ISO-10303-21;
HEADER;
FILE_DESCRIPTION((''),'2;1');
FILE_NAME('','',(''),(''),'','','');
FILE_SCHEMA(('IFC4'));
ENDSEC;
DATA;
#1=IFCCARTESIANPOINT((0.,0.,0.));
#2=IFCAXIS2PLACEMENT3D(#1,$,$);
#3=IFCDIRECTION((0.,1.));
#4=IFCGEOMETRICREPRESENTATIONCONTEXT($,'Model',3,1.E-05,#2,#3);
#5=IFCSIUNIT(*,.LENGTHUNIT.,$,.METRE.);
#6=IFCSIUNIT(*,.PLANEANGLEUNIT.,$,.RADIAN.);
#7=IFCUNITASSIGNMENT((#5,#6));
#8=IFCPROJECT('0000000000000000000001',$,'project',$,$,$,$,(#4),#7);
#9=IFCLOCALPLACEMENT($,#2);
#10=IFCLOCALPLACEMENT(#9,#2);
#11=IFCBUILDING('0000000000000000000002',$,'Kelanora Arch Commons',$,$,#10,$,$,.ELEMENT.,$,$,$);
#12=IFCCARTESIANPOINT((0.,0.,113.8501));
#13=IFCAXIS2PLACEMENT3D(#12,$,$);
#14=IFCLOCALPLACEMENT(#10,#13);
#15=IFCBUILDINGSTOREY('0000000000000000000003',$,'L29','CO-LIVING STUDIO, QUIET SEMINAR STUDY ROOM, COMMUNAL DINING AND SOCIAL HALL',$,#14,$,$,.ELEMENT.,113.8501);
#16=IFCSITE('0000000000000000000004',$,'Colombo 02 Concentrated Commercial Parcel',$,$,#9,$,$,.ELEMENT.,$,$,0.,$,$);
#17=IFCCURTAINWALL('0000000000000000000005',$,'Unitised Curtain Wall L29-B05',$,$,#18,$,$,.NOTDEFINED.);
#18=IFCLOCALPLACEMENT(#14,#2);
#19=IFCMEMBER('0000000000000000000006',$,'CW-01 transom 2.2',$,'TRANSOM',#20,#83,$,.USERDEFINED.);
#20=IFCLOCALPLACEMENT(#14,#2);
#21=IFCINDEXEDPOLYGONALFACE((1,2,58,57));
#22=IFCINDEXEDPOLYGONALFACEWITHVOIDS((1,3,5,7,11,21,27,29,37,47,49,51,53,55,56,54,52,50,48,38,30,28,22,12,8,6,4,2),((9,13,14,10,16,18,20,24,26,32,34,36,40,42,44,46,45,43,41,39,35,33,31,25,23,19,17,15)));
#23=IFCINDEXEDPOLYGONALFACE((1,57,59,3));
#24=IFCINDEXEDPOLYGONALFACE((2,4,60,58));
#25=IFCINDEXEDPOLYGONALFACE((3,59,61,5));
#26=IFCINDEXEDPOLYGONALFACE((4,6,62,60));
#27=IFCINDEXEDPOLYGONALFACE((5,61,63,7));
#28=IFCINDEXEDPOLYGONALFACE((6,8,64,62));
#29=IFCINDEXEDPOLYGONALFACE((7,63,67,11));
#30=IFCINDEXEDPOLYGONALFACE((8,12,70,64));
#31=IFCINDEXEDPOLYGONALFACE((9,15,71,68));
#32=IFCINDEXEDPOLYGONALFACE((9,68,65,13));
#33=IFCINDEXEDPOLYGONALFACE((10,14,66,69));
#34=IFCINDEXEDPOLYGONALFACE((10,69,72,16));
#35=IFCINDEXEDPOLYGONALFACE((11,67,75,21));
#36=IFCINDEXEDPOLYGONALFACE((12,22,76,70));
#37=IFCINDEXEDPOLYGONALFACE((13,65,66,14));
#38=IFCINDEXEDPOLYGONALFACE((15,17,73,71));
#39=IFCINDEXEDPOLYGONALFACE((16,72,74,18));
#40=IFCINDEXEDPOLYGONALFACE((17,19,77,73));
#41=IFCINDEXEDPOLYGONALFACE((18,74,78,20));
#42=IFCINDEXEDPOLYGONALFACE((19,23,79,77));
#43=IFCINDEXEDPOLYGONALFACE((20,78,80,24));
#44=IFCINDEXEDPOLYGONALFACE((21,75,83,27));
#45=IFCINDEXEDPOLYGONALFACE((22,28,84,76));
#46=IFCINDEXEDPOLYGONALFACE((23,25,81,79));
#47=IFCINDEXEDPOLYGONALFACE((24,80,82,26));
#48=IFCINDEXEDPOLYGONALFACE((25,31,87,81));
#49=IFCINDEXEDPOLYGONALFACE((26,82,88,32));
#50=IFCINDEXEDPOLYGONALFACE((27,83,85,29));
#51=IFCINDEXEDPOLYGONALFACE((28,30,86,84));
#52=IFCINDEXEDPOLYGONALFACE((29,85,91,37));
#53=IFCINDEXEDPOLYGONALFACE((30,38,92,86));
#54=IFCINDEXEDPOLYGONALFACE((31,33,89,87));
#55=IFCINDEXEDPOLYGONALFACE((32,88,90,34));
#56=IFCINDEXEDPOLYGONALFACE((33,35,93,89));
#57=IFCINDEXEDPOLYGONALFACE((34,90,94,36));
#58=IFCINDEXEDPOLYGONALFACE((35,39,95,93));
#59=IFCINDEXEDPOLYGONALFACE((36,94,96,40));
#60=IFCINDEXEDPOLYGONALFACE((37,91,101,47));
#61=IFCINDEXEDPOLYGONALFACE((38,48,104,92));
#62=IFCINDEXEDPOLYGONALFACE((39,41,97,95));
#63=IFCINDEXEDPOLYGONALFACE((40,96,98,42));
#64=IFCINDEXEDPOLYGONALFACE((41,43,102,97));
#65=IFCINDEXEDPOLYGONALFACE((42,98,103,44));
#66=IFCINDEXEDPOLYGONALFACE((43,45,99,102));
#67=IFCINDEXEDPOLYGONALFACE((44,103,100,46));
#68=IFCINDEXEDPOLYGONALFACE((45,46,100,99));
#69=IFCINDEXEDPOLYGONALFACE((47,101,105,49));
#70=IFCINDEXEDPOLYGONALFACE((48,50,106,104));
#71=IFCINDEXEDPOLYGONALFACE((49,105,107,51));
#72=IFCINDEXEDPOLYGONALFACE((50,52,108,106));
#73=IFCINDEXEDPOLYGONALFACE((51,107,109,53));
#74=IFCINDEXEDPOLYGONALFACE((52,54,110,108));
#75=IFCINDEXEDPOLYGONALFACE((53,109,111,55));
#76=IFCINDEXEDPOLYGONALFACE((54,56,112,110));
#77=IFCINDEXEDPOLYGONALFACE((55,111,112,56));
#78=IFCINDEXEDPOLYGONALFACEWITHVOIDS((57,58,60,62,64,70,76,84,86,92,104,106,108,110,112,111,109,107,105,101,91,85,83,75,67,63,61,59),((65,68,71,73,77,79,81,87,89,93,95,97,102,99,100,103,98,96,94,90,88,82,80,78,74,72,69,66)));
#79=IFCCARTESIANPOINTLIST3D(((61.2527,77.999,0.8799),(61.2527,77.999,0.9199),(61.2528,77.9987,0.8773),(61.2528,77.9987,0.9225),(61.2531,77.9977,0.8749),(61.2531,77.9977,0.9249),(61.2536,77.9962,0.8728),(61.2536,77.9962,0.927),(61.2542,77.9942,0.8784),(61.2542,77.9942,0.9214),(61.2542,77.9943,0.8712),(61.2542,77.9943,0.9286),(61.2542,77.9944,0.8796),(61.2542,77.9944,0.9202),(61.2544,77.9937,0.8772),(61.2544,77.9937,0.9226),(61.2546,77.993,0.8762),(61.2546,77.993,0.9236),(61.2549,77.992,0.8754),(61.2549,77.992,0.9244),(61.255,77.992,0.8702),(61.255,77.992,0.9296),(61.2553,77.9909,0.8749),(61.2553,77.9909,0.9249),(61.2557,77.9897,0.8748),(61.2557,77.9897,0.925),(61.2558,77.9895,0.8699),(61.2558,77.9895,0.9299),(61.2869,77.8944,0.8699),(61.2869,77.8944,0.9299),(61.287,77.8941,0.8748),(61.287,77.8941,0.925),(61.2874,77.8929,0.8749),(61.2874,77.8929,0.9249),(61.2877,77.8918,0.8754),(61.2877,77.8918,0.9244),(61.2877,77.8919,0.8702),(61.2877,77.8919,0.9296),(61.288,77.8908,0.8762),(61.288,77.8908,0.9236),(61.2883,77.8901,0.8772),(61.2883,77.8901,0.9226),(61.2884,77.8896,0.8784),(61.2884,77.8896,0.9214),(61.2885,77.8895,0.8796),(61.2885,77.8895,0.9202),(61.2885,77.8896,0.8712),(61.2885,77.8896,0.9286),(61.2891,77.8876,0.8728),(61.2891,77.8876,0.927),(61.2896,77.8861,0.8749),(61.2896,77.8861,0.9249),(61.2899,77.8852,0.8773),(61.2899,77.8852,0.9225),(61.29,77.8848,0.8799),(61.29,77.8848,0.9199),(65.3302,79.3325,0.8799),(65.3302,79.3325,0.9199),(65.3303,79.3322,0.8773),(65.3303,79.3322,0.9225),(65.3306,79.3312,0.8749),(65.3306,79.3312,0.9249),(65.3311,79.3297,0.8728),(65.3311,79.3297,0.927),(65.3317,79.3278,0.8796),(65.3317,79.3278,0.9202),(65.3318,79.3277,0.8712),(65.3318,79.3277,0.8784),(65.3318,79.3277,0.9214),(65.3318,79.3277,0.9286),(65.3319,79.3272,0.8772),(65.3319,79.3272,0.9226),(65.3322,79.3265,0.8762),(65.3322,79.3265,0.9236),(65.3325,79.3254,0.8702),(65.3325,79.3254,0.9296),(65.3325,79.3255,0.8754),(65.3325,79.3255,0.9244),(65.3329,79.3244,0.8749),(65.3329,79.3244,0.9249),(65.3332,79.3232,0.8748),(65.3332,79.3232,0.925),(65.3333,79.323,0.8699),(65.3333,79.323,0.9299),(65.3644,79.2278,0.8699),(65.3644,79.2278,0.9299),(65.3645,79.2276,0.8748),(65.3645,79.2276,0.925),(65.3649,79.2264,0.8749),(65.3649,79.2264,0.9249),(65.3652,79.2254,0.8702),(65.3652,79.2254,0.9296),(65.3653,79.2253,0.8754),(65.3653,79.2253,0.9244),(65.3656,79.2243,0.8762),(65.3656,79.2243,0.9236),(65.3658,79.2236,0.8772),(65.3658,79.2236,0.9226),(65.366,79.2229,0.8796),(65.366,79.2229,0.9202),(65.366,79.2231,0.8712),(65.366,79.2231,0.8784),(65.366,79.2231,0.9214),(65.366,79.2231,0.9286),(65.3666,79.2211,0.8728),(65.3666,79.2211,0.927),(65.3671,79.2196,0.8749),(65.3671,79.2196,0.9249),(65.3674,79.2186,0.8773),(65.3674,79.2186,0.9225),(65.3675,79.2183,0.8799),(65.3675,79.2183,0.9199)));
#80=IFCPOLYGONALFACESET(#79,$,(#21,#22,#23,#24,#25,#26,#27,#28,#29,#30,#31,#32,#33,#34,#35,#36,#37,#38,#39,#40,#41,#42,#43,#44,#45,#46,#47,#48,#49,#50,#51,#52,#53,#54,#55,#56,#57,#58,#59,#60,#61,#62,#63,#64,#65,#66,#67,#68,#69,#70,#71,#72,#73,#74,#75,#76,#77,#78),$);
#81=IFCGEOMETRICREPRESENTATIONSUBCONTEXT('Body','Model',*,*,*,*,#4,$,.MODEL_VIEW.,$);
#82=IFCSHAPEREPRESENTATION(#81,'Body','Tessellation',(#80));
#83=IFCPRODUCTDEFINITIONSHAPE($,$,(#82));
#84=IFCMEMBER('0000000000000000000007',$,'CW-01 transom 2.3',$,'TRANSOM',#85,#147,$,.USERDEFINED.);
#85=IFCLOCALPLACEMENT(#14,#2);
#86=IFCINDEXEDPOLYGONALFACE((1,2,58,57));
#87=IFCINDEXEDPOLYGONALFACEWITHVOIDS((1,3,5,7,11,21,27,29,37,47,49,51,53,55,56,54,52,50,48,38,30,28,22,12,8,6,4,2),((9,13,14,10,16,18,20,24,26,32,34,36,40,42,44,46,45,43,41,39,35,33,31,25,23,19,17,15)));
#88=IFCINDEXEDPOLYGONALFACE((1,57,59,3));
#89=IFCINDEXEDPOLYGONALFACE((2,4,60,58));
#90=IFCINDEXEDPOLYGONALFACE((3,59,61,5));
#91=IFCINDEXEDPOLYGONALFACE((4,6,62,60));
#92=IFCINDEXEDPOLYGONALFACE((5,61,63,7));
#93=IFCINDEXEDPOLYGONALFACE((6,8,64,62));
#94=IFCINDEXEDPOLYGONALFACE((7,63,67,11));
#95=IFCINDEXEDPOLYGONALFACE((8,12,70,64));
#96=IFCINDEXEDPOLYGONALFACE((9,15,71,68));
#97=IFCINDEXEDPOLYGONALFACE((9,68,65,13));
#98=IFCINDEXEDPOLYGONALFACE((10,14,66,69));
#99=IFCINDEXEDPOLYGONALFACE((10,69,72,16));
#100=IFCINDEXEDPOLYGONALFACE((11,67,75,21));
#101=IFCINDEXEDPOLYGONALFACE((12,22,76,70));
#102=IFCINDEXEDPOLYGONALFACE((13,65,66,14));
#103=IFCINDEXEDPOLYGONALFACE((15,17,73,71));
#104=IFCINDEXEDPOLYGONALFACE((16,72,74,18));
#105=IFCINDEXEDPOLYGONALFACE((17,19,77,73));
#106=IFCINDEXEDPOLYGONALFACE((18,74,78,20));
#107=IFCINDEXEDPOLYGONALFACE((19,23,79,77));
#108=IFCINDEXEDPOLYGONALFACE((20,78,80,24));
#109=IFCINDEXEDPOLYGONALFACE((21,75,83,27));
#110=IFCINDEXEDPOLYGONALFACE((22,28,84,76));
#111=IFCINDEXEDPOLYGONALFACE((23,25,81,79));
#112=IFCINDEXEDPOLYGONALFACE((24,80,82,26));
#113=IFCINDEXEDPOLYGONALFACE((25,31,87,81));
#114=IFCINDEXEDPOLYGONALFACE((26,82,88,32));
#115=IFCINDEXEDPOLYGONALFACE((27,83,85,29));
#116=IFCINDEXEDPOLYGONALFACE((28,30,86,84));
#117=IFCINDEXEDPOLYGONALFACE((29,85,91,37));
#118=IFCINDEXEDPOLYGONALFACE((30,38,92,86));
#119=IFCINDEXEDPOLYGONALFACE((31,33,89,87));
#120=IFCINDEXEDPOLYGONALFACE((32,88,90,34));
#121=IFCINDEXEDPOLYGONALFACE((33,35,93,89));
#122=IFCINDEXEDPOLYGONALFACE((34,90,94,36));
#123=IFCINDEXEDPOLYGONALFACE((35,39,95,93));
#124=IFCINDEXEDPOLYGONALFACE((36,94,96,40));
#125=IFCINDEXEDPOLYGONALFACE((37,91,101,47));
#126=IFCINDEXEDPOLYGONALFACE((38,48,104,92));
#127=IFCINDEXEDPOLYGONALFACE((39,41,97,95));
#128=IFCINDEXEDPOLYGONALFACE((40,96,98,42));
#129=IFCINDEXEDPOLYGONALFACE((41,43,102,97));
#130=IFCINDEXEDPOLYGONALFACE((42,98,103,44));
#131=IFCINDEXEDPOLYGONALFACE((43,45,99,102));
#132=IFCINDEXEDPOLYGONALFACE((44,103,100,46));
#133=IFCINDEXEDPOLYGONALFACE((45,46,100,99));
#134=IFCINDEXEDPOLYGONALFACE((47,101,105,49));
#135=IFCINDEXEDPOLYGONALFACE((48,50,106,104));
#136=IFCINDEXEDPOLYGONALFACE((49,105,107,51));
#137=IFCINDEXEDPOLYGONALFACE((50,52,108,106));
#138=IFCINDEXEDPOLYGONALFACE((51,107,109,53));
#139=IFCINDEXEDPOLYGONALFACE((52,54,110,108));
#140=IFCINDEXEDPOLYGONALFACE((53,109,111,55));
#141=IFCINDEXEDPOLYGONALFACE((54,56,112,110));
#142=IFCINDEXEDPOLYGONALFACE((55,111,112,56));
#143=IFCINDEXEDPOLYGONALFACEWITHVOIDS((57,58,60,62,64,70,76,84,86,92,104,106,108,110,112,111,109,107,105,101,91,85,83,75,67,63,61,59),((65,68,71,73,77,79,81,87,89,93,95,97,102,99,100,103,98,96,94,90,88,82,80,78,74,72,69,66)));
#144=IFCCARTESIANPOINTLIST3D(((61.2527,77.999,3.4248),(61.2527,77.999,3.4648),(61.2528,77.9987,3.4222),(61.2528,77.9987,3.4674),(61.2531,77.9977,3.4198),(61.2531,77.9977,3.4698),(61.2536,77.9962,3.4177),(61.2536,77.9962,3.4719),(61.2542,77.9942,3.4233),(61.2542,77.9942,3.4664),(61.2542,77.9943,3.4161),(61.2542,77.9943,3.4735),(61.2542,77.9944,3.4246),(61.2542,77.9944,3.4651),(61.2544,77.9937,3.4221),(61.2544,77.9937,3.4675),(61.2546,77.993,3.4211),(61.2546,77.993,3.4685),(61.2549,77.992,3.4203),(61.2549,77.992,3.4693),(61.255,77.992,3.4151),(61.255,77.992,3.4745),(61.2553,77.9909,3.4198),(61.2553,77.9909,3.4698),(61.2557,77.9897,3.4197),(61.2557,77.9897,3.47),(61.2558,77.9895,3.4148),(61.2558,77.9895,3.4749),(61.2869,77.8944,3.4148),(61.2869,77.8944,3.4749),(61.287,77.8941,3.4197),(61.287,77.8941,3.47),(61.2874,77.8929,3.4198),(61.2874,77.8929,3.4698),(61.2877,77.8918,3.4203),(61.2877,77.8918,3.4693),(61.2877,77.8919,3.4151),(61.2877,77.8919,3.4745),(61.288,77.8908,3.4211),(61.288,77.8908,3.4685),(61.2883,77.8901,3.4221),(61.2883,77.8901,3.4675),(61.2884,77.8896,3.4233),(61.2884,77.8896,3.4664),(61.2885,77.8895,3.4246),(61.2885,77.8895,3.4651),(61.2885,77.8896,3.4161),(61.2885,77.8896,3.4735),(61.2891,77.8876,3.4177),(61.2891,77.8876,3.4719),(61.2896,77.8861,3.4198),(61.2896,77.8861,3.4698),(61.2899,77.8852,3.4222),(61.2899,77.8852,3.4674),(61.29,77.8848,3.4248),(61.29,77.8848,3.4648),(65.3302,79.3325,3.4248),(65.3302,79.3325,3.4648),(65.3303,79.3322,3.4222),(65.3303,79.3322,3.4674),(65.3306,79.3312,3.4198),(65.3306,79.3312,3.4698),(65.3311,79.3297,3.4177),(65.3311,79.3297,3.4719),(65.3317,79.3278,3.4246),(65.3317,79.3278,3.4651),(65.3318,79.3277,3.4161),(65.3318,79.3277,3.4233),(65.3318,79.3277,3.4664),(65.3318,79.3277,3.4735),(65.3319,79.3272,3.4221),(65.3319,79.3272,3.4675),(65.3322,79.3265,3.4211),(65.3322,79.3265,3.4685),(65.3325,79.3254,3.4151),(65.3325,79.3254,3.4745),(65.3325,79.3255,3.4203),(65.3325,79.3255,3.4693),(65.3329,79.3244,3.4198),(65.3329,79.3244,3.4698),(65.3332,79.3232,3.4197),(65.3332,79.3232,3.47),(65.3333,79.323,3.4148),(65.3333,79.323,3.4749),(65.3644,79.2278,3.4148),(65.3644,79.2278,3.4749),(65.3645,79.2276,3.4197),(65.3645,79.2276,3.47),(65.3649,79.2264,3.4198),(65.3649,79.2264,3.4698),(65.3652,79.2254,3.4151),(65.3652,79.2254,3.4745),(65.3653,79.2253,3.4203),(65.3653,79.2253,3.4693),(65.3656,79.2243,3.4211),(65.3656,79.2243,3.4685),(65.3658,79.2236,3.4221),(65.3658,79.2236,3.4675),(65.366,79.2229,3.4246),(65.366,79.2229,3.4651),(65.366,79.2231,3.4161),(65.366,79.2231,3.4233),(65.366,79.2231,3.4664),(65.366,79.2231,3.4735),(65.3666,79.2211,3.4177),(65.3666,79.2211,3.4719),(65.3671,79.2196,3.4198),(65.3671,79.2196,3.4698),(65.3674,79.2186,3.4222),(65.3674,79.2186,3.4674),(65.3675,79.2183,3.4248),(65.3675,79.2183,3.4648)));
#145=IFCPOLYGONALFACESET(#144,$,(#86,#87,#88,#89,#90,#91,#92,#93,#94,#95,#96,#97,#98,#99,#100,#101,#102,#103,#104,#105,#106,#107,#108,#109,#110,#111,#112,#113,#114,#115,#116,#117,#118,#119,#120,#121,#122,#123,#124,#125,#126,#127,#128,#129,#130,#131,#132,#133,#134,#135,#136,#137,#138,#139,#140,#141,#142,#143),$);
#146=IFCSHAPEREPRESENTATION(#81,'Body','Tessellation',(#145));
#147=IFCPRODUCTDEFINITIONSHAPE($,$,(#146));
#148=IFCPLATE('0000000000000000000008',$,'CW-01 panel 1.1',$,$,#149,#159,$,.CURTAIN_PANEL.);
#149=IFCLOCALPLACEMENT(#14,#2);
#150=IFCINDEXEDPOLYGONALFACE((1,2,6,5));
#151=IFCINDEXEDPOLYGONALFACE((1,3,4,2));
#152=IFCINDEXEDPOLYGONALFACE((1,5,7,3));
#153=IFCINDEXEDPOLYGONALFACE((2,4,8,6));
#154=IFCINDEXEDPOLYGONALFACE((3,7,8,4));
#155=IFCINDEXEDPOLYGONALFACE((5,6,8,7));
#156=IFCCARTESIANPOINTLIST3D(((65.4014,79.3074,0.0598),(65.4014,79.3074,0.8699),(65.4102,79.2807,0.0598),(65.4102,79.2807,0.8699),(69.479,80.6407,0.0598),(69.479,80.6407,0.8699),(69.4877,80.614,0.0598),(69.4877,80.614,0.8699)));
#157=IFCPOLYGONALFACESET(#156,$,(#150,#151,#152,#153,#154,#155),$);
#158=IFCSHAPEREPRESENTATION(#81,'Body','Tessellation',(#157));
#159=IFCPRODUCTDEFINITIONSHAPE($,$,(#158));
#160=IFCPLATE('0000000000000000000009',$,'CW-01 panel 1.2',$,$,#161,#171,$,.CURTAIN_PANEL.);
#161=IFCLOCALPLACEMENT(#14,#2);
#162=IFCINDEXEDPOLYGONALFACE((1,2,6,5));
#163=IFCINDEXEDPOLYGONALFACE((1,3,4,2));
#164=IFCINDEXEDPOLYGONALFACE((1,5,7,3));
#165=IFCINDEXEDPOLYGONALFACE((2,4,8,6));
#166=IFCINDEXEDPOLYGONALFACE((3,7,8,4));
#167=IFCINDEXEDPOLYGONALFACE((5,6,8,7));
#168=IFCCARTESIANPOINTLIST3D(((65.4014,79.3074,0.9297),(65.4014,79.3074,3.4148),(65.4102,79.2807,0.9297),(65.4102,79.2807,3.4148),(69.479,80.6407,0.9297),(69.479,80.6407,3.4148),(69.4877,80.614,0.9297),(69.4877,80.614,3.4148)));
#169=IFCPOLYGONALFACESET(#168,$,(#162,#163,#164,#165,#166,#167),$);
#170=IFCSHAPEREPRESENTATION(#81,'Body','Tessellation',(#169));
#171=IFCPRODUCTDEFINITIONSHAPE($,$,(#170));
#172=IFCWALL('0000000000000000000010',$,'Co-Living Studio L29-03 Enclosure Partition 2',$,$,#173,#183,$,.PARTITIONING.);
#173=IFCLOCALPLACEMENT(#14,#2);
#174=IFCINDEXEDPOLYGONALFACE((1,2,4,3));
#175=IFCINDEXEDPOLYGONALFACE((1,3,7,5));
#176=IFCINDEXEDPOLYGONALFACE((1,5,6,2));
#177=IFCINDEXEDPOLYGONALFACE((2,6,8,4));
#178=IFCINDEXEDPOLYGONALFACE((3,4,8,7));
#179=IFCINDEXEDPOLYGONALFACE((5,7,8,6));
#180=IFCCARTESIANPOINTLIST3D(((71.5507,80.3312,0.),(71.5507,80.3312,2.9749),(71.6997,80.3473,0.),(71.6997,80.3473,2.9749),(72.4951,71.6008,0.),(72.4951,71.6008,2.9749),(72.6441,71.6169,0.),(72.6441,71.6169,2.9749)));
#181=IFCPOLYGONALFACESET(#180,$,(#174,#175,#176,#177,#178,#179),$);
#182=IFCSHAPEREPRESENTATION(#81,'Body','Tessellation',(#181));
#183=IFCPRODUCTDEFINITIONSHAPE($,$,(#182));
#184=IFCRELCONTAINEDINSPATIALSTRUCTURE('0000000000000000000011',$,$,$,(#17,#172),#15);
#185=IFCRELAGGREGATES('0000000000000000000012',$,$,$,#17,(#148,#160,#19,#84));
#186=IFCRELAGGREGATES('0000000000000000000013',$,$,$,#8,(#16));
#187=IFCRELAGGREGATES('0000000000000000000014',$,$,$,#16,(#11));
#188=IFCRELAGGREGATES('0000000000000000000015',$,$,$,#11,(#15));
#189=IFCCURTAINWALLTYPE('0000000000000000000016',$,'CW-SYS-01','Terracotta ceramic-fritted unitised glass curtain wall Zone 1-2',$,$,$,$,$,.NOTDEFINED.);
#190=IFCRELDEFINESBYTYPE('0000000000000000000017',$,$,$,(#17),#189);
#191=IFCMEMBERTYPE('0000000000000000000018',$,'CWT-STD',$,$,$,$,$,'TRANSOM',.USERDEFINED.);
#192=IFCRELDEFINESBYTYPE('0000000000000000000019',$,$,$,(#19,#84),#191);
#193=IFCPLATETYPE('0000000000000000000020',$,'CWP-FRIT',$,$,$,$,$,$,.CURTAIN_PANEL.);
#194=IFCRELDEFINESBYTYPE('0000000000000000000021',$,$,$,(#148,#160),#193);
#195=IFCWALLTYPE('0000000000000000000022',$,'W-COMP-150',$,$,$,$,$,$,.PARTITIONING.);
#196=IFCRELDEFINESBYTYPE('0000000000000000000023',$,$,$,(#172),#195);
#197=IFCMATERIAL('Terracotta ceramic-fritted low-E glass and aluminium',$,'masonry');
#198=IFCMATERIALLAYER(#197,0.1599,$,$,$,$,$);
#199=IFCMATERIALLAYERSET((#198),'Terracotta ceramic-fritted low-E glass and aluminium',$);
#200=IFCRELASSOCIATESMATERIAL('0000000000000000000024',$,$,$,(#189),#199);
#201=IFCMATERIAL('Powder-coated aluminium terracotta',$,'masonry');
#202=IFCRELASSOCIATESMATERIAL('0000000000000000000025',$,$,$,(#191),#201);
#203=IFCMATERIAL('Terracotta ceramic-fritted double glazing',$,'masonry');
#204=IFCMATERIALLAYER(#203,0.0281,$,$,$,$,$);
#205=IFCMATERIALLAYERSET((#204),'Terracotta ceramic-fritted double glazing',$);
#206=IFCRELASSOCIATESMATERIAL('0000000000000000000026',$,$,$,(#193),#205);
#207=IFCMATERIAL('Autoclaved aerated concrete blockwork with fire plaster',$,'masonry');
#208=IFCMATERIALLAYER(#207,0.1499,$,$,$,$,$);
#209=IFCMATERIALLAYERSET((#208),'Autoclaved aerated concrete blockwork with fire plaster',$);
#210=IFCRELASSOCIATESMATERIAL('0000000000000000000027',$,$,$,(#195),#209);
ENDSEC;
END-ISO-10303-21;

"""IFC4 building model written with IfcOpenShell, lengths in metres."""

from ifc_helpers import new_model, si_unit, direction, frame, frame_2d, origin, origin_2d, place, context, subcontext, project, spatial, rectangle, hollow_rectangle, extrude, source, transform, mapped, material, layer, layer_set, material_profile, profile_set, type_object, element, aggregate, save


model = new_model("IFC4")

# Units and contexts
model_context = context("Model", 3, precision=1e-05, world=origin(), true_north=direction((0.0, 1.0)))
body_context = subcontext(model_context, "Body", "Model", "MODEL_VIEW")
ifc_project = project(units=[si_unit("LENGTHUNIT", "METRE"), si_unit("PLANEANGLEUNIT", "RADIAN")], contexts=[model_context])

# Site, building, storey
site_placement = place(None, origin())
site = spatial("IfcSite", under=ifc_project, at=site_placement, Name="Colombo 02 Concentrated Commercial Parcel", CompositionType="ELEMENT", RefElevation=0.0)
building_placement = place(site_placement, origin())
building = spatial("IfcBuilding", under=site, at=building_placement, Name="Kelanora Arch Commons", CompositionType="ELEMENT")
storey_placement = place(building_placement, frame((0.0, 0.0, 113.8501)))
storey = spatial("IfcBuildingStorey", under=building, at=storey_placement, Name="L29", Description="CO-LIVING STUDIO, QUIET SEMINAR STUDY ROOM, COMMUNAL DINING AND SOCIAL HALL", CompositionType="ELEMENT", Elevation=113.8501)

# Curtain wall, members, plates
ifc_material_1 = material(Name="Terracotta ceramic-fritted low-E glass and aluminium", Category="masonry")
ifc_layer_1 = layer(ifc_material_1, 0.1599)
ifc_layer_set_1 = layer_set([ifc_layer_1], Name="Terracotta ceramic-fritted low-E glass and aluminium")
curtain_wall_type = type_object("IfcCurtainWallType", Name="CW-SYS-01", Description="Terracotta ceramic-fritted unitised glass curtain wall Zone 1-2", PredefinedType="NOTDEFINED", material=ifc_layer_set_1)
curtain_wall_placement = place(storey_placement, origin())
curtain_wall = element("IfcCurtainWall", 1, at=curtain_wall_placement, inside=storey, type_object=curtain_wall_type, Name="Unitised Curtain Wall L29-B05", PredefinedType="NOTDEFINED")
ifc_material_2 = material(Name="Powder-coated aluminium terracotta", Category="masonry")
ifc_material_profile_1 = material_profile(ifc_material_2, hollow_rectangle(XDim=0.1201, YDim=0.0601, WallThickness=0.0049, InnerFilletRadius=0.0049, OuterFilletRadius=0.01, at=origin_2d()), Name="CWT120x60")
ifc_profile_set_1 = profile_set([ifc_material_profile_1], Name="Powder-coated aluminium terracotta")
member_type_1 = type_object("IfcMemberType", Name="CWT-STD", ElementType="TRANSOM", PredefinedType="USERDEFINED", material=ifc_profile_set_1)
member_1_placement = place(storey_placement, frame((65.3489, 79.2754, 0.8999), z_axis=(-0.950466, -0.310828, 0.0), x_axis=(0.310828, -0.950466, 0.0)))
member_1 = element("IfcMember", 2, at=member_1_placement, type_object=member_type_1, Name="CW-01 transom 2.2", ObjectType="TRANSOM", PredefinedType="USERDEFINED", context=body_context, shape_type="SweptSolid", body=[
    extrude(hollow_rectangle(XDim=0.1201, YDim=0.0601, WallThickness=0.0049, InnerFilletRadius=0.0049, OuterFilletRadius=0.01, at=origin_2d()), origin(), (0.0, 0.0, 1.0), 4.29),
])
member_2_placement = place(storey_placement, frame((65.3489, 79.2754, 3.4448), z_axis=(-0.950466, -0.310828, 0.0), x_axis=(0.310828, -0.950466, 0.0)))
member_2 = element("IfcMember", 3, at=member_2_placement, type_object=member_type_1, Name="CW-01 transom 2.3", ObjectType="TRANSOM", PredefinedType="USERDEFINED", context=body_context, shape_type="SweptSolid", body=[
    extrude(hollow_rectangle(XDim=0.1201, YDim=0.0601, WallThickness=0.0049, InnerFilletRadius=0.0049, OuterFilletRadius=0.01, at=origin_2d()), origin(), (0.0, 0.0, 1.0), 4.29),
])
ifc_material_3 = material(Name="Terracotta ceramic-fritted double glazing", Category="masonry")
ifc_layer_2 = layer(ifc_material_3, 0.0281)
ifc_layer_set_2 = layer_set([ifc_layer_2], Name="Terracotta ceramic-fritted double glazing")
plate_type = type_object("IfcPlateType", Name="CWP-FRIT", PredefinedType="CURTAIN_PANEL", material=ifc_layer_set_2)
shared_shape_1 = source(origin(), body_context, "Body", "SweptSolid", [
    extrude(rectangle(XDim=4.29, YDim=0.0281, at=origin_2d()), origin(), (0.0, 0.0, 1.0), 0.8101),
])
plate_1_placement = place(storey_placement, frame((67.4446, 79.9607, 0.0598), z_axis=(0.0, 0.0, 1.0), x_axis=(-0.950474, -0.310805, 0.0)))
plate_1 = element("IfcPlate", 4, at=plate_1_placement, type_object=plate_type, Name="CW-01 panel 1.1", PredefinedType="CURTAIN_PANEL", context=body_context, shape_type="MappedRepresentation", body=[
    mapped(shared_shape_1, transform((0.0, 0.0, 0.0), scale=1.0)),
])
shared_shape_2 = source(origin(), body_context, "Body", "SweptSolid", [
    extrude(rectangle(XDim=4.29, YDim=0.0281, at=origin_2d()), origin(), (0.0, 0.0, 1.0), 2.4851),
])
plate_2_placement = place(storey_placement, frame((67.4446, 79.9607, 0.9297), z_axis=(0.0, 0.0, 1.0), x_axis=(-0.950474, -0.310805, 0.0)))
plate_2 = element("IfcPlate", 5, at=plate_2_placement, type_object=plate_type, Name="CW-01 panel 1.2", PredefinedType="CURTAIN_PANEL", context=body_context, shape_type="MappedRepresentation", body=[
    mapped(shared_shape_2, transform((0.0, 0.0, 0.0), scale=1.0)),
])
aggregate(curtain_wall, [plate_1, plate_2, member_1, member_2])

# Wall
ifc_material_4 = material(Name="Autoclaved aerated concrete blockwork with fire plaster", Category="masonry")
ifc_layer_3 = layer(ifc_material_4, 0.1499)
ifc_layer_set_3 = layer_set([ifc_layer_3], Name="Autoclaved aerated concrete blockwork with fire plaster")
wall_type_1 = type_object("IfcWallType", Name="W-COMP-150", PredefinedType="PARTITIONING", material=ifc_layer_set_3)
wall_1_placement = place(storey_placement, frame((72.5696, 71.6089, 0.0), z_axis=(0.0, 0.0, 1.0), x_axis=(-0.107541, 0.994201, 0.0)))
element("IfcWall", 6, at=wall_1_placement, inside=storey, type_object=wall_type_1, Name="Co-Living Studio L29-03 Enclosure Partition 2", PredefinedType="PARTITIONING", context=body_context, shape_type="SweptSolid", body=[
    extrude(rectangle(XDim=8.7812, YDim=0.1499, at=frame_2d((4.3906, 0.0))), origin(), (0.0, 0.0, 1.0), 2.9749),
])

save(model, "model.ifc")
